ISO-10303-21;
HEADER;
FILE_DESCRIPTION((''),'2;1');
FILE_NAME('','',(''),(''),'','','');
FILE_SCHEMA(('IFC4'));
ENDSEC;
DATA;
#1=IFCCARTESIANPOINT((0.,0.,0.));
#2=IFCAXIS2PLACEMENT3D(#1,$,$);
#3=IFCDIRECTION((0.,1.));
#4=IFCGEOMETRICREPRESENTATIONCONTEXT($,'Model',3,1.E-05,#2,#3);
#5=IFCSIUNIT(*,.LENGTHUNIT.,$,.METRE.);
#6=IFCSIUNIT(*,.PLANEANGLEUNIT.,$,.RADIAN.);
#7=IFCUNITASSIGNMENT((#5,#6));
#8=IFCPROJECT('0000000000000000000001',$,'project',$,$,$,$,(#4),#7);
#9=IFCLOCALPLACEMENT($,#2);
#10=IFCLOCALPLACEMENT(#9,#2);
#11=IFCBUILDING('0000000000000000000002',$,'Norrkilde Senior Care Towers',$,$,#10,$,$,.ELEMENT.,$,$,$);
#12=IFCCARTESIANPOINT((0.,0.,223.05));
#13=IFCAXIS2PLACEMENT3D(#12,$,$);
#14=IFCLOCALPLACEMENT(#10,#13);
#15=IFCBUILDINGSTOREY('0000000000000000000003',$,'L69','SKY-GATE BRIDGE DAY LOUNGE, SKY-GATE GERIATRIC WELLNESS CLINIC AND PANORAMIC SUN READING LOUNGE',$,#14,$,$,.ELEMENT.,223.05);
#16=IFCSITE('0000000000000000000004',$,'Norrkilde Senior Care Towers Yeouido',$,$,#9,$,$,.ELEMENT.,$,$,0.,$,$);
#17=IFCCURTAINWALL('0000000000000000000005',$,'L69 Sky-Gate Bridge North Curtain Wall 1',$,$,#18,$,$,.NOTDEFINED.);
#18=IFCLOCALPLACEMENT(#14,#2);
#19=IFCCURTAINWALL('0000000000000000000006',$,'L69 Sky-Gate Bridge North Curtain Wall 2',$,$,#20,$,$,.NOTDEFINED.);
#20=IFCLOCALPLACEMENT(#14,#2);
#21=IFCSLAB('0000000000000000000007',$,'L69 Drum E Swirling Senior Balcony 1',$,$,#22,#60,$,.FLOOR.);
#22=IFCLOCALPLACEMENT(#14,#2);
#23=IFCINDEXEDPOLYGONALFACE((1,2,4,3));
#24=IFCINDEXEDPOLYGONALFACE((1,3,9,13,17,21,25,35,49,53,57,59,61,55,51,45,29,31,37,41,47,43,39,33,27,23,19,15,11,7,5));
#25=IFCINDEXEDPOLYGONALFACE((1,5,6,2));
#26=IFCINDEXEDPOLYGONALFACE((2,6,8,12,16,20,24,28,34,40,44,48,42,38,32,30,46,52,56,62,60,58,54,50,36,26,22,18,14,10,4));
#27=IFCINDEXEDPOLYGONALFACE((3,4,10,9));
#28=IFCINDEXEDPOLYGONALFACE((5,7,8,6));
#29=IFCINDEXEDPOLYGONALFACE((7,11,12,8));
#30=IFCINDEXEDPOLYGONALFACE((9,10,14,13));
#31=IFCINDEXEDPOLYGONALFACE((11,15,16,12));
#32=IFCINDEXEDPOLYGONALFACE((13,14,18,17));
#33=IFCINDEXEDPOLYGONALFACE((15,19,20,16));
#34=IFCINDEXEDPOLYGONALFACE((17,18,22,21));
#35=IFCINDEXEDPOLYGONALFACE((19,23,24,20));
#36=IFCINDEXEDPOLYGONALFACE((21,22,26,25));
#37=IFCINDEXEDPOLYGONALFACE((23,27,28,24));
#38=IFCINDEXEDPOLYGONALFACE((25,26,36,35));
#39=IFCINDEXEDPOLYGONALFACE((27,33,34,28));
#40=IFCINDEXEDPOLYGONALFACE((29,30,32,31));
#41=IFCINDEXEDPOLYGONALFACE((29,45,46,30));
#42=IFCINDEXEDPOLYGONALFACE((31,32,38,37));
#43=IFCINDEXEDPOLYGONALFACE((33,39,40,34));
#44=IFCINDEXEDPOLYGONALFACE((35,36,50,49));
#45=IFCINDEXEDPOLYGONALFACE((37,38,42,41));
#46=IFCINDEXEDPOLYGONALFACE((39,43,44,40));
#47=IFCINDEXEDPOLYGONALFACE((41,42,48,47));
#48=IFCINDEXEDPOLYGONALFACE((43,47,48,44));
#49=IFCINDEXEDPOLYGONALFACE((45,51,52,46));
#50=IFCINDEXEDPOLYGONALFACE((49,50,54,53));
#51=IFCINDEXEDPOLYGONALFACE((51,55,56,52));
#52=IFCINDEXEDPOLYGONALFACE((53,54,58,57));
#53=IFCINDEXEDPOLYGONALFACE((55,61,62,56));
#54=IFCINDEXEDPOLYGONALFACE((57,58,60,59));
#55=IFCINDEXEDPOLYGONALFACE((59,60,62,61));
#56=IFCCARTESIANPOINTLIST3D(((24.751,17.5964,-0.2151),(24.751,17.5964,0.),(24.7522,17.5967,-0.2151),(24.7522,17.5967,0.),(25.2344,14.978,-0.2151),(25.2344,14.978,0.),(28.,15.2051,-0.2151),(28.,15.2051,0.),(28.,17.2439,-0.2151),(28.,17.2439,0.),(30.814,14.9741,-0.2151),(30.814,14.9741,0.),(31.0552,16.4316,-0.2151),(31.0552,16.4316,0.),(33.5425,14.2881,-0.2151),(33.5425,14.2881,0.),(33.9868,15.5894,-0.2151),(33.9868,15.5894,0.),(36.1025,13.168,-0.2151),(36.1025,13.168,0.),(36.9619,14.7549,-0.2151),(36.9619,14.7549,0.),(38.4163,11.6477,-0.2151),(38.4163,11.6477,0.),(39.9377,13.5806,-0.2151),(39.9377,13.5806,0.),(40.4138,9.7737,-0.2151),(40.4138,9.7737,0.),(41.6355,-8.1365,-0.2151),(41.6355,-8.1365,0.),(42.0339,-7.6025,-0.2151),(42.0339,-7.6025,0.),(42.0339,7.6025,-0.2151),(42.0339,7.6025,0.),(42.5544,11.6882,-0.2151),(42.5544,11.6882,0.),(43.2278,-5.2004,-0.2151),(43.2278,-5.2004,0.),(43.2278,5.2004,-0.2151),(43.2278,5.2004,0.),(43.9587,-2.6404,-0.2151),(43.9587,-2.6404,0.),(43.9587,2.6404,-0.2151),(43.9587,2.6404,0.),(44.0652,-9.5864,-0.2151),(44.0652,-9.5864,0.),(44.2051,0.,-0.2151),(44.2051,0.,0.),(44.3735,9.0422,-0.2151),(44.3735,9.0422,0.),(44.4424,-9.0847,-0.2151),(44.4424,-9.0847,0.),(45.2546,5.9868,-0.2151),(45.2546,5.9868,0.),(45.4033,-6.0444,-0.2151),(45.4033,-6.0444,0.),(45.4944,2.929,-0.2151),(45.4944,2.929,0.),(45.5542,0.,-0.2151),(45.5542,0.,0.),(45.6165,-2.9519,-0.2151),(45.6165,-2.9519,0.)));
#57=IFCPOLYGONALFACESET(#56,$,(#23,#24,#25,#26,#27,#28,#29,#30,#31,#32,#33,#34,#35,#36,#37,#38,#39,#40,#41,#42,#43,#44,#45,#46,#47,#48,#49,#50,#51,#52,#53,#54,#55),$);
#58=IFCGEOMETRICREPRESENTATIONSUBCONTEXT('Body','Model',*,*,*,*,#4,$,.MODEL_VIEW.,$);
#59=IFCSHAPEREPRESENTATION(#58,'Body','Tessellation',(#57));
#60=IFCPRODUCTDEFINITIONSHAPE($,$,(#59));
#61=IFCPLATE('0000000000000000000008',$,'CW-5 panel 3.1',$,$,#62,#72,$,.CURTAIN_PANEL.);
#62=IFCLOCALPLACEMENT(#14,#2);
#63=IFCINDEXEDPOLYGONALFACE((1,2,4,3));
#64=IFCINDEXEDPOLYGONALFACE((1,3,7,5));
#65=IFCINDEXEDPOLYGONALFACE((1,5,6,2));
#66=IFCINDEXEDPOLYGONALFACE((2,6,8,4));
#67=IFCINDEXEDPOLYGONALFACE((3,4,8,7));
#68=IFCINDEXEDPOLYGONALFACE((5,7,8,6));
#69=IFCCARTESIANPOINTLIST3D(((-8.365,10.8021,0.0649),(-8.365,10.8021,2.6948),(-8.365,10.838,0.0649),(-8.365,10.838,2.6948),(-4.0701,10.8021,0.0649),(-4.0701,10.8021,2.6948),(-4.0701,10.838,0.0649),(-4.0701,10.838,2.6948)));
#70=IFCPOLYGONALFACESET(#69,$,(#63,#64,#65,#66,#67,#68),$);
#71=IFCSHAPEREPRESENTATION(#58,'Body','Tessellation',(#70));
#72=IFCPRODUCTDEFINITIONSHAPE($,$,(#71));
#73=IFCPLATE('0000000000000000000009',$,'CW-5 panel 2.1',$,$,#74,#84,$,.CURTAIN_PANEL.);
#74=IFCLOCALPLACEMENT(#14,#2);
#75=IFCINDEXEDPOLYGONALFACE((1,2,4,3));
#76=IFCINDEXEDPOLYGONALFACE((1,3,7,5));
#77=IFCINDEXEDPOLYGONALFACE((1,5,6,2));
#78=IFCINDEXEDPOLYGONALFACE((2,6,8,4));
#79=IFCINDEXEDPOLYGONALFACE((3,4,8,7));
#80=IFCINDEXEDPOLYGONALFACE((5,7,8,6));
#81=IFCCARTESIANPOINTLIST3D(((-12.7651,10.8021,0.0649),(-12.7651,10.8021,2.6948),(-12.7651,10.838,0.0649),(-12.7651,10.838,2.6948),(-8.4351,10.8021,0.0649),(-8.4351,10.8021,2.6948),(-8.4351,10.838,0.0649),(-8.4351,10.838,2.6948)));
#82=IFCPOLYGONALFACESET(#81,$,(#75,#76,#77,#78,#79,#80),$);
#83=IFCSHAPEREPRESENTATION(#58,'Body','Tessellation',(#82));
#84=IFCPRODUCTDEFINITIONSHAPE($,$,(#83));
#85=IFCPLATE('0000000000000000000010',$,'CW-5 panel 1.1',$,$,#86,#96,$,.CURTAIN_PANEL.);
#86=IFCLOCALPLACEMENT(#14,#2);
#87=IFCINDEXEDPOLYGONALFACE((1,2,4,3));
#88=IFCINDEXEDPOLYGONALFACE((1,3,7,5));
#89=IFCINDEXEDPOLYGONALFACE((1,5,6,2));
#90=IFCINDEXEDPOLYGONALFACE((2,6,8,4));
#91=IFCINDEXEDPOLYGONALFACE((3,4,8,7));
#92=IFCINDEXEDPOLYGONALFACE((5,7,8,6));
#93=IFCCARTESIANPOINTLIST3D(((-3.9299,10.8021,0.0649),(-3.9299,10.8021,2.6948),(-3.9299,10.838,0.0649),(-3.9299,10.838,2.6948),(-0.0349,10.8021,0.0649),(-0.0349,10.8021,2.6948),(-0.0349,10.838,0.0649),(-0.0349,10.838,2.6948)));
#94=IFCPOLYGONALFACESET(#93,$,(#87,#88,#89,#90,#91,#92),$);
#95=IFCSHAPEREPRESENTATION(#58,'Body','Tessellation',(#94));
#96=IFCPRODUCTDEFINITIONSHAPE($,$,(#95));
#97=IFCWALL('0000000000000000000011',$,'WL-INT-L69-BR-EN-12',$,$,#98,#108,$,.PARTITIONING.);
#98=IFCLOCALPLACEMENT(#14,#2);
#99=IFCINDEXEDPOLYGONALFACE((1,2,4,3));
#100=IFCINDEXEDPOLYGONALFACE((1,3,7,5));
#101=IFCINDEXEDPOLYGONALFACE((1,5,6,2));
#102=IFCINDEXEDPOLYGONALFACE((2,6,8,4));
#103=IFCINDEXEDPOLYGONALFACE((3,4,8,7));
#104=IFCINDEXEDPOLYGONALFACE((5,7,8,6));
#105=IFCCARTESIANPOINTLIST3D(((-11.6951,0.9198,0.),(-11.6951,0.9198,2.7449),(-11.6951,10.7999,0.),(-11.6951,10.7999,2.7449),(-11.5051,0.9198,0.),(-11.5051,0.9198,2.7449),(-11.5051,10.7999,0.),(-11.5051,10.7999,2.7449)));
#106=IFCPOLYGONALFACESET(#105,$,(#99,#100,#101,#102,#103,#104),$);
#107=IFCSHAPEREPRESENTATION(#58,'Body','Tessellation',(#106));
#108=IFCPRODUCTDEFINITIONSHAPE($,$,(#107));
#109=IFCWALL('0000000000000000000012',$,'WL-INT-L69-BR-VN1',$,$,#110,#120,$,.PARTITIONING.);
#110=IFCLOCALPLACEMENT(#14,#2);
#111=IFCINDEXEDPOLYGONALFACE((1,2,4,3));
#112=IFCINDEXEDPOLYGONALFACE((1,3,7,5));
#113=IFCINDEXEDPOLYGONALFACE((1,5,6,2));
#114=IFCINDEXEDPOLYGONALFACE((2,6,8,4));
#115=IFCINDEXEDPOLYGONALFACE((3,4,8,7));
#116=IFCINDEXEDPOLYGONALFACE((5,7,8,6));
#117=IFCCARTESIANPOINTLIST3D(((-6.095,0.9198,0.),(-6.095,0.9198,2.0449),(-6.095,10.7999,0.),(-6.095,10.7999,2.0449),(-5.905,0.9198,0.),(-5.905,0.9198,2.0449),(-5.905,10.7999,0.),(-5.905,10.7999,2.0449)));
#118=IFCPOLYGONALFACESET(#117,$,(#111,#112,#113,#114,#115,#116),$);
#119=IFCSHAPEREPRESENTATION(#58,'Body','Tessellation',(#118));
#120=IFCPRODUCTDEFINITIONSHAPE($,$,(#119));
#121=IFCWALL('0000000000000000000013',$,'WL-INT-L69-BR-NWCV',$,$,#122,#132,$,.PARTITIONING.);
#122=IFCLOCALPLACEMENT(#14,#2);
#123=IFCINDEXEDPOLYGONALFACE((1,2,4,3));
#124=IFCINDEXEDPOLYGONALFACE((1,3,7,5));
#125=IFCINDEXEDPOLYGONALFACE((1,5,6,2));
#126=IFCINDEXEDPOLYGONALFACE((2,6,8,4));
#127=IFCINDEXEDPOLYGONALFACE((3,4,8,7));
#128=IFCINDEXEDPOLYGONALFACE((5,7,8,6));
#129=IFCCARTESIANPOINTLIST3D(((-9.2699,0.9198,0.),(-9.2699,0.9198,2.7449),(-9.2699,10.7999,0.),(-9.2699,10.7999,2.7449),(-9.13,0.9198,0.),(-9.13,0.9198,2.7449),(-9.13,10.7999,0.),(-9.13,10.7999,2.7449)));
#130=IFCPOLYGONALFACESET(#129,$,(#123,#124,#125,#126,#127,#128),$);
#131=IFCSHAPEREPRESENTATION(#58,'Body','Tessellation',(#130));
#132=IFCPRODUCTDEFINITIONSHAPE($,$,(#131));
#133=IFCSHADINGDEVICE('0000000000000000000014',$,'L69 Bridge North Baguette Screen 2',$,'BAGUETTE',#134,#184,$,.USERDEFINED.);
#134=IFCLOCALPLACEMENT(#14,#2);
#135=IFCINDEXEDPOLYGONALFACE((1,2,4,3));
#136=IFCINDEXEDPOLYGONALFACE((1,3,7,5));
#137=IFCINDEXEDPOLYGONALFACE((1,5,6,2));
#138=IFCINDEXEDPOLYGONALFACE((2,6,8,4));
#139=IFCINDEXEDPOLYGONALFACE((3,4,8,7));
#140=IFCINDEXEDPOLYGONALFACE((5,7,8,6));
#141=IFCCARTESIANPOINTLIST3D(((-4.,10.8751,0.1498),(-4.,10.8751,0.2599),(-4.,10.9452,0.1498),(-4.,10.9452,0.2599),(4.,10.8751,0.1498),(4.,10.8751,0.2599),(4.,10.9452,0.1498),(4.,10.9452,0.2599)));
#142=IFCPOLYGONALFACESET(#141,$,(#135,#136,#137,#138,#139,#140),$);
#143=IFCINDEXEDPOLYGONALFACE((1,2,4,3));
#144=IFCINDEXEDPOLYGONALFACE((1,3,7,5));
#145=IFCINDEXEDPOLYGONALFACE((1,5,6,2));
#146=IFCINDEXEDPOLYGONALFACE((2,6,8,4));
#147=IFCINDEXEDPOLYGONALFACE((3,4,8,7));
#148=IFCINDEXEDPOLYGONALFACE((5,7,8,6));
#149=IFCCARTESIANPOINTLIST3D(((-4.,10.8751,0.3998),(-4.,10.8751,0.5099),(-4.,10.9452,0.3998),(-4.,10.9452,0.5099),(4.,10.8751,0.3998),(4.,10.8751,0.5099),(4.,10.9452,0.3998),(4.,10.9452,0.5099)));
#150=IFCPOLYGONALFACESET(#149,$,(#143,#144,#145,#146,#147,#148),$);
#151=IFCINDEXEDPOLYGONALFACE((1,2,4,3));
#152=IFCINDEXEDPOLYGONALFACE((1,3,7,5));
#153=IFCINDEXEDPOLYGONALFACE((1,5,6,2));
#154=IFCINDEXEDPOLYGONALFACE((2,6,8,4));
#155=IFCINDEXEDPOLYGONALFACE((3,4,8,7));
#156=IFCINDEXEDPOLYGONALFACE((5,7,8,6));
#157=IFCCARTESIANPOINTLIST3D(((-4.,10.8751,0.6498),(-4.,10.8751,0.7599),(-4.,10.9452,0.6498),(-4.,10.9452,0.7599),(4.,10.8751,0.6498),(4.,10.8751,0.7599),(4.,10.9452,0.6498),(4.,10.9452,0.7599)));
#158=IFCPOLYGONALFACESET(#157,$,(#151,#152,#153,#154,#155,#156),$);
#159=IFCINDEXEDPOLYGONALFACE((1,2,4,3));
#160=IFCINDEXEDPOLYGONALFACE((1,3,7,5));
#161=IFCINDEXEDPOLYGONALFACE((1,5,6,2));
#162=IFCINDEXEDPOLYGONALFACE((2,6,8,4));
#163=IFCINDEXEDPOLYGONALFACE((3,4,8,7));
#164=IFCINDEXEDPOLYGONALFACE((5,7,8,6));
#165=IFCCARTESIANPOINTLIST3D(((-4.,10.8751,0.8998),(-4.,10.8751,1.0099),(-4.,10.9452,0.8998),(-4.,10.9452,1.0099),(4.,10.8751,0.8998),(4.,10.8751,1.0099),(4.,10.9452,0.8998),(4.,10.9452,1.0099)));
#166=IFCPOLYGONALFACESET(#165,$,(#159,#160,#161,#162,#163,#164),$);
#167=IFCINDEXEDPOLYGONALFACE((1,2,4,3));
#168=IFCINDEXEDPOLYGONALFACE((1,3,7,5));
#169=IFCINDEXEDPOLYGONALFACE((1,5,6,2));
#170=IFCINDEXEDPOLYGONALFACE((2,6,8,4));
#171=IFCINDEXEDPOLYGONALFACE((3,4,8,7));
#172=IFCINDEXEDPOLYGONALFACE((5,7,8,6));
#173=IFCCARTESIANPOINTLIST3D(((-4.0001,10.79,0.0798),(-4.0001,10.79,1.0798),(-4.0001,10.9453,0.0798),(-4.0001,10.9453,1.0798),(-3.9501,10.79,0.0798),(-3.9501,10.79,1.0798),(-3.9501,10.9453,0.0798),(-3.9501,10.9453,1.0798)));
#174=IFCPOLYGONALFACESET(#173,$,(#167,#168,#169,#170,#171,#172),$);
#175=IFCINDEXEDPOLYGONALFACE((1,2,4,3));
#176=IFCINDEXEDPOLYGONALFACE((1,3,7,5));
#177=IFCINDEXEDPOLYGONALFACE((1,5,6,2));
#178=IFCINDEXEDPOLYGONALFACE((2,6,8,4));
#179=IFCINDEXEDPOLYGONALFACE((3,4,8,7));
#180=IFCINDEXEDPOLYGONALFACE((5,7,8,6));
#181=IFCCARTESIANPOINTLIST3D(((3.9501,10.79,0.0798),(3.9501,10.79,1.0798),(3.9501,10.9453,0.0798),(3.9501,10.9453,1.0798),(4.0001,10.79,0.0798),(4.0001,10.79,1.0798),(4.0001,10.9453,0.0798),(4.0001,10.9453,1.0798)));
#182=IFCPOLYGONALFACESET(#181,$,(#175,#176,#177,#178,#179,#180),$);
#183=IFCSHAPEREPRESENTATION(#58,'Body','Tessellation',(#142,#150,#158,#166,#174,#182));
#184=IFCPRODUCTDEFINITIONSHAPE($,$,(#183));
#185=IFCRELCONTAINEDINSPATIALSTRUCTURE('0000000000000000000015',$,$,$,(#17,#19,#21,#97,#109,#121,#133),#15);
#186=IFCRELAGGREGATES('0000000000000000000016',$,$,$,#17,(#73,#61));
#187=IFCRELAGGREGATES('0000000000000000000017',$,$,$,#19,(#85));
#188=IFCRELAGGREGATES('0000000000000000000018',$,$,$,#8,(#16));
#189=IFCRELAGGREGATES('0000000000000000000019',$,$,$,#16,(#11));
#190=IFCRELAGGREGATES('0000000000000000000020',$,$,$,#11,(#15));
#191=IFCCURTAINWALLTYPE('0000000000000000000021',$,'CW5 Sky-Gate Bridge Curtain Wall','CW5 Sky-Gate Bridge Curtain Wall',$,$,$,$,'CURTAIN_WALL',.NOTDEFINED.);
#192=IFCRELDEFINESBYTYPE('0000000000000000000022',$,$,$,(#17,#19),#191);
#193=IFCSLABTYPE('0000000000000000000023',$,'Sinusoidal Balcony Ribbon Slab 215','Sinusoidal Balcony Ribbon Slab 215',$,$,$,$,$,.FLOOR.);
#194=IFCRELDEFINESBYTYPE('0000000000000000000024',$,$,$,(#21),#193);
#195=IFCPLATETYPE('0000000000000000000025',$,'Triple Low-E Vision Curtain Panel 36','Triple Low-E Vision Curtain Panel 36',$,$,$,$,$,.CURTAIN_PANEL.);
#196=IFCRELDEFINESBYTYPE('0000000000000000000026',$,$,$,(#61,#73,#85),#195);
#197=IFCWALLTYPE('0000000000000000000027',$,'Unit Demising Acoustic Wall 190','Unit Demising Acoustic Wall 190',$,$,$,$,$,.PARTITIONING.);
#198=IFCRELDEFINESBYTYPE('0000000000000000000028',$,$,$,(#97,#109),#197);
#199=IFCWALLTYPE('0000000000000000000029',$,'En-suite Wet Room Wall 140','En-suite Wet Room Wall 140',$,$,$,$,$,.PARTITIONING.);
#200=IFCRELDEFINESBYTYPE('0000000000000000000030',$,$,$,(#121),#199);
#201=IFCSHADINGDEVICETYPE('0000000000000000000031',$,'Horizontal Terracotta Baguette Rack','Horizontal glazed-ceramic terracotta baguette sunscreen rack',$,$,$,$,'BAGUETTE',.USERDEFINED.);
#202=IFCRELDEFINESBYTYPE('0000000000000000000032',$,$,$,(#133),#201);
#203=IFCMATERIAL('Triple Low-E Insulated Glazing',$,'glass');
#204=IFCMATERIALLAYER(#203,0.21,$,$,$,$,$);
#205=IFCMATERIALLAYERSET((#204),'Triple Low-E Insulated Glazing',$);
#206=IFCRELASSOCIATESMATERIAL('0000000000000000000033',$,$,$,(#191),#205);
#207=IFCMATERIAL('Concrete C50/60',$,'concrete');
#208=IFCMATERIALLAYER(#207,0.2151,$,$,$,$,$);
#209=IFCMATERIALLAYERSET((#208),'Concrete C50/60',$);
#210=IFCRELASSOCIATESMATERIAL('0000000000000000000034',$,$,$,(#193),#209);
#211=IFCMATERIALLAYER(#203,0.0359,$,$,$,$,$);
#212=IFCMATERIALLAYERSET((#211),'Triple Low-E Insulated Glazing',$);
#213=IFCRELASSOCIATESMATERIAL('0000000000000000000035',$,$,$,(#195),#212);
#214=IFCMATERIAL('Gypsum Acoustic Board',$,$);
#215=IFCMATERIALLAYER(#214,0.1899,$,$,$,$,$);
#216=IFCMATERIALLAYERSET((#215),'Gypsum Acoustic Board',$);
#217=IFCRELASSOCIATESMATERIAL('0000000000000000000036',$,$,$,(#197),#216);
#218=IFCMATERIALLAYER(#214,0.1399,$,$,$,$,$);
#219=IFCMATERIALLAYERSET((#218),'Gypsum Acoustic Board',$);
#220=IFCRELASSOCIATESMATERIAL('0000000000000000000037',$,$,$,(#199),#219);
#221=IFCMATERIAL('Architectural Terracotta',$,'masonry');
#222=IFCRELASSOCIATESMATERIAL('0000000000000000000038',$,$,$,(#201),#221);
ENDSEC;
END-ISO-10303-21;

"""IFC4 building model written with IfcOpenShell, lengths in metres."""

from ifc_helpers import new_model, si_unit, direction, frame, frame_2d, origin, origin_2d, place, context, subcontext, project, spatial, polyline, rectangle, outline, extrude, source, transform, mapped, material, layer, layer_set, type_object, type_shapes, element, aggregate, save


model = new_model("IFC4")

# Units and contexts
model_context = context("Model", 3, precision=1e-05, world=origin(), true_north=direction((0.0, 1.0)))
body_context = subcontext(model_context, "Body", "Model", "MODEL_VIEW")
ifc_project = project(units=[si_unit("LENGTHUNIT", "METRE"), si_unit("PLANEANGLEUNIT", "RADIAN")], contexts=[model_context])

# Site, building, storey
site_placement = place(None, origin())
site = spatial("IfcSite", under=ifc_project, at=site_placement, Name="Norrkilde Senior Care Towers Yeouido", CompositionType="ELEMENT", RefElevation=0.0)
building_placement = place(site_placement, origin())
building = spatial("IfcBuilding", under=site, at=building_placement, Name="Norrkilde Senior Care Towers", CompositionType="ELEMENT")
storey_placement = place(building_placement, frame((0.0, 0.0, 223.05)))
storey = spatial("IfcBuildingStorey", under=building, at=storey_placement, Name="L69", Description="SKY-GATE BRIDGE DAY LOUNGE, SKY-GATE GERIATRIC WELLNESS CLINIC AND PANORAMIC SUN READING LOUNGE", CompositionType="ELEMENT", Elevation=223.05)

# Curtain walls
ifc_material_1 = material(Name="Triple Low-E Insulated Glazing", Category="glass")
ifc_layer_1 = layer(ifc_material_1, 0.21)
ifc_layer_set_1 = layer_set([ifc_layer_1], Name="Triple Low-E Insulated Glazing")
curtain_wall_type = type_object("IfcCurtainWallType", Name="CW5 Sky-Gate Bridge Curtain Wall", Description="CW5 Sky-Gate Bridge Curtain Wall", ElementType="CURTAIN_WALL", PredefinedType="NOTDEFINED", material=ifc_layer_set_1)
curtain_wall_1_placement = place(storey_placement, origin())
curtain_wall_1 = element("IfcCurtainWall", 1, at=curtain_wall_1_placement, inside=storey, type_object=curtain_wall_type, Name="L69 Sky-Gate Bridge North Curtain Wall 1", PredefinedType="NOTDEFINED")
curtain_wall_2_placement = place(storey_placement, origin())
curtain_wall_2 = element("IfcCurtainWall", 2, at=curtain_wall_2_placement, inside=storey, type_object=curtain_wall_type, Name="L69 Sky-Gate Bridge North Curtain Wall 2", PredefinedType="NOTDEFINED")

# Slab
ifc_material_2 = material(Name="Concrete C50/60", Category="concrete")
ifc_layer_2 = layer(ifc_material_2, 0.2151)
ifc_layer_set_2 = layer_set([ifc_layer_2], Name="Concrete C50/60")
slab_type_1 = type_object("IfcSlabType", Name="Sinusoidal Balcony Ribbon Slab 215", Description="Sinusoidal Balcony Ribbon Slab 215", PredefinedType="FLOOR", material=ifc_layer_set_2)
slab_1_placement = place(storey_placement, frame((0.0, 0.0, -0.2151)))
element("IfcSlab", 3, at=slab_1_placement, inside=storey, type_object=slab_type_1, Name="L69 Drum E Swirling Senior Balcony 1", PredefinedType="FLOOR", context=body_context, shape_type="SweptSolid", body=[
    extrude(outline(polyline([(44.0652, -9.5864), (41.6355, -8.1365), (42.0339, -7.6025), (43.2278, -5.2004), (43.9587, -2.6404), (44.2051, 0.0), (43.9587, 2.6404), (43.2278, 5.2004), (42.0339, 7.6025), (40.4138, 9.7737), (38.4163, 11.6477), (36.1025, 13.168), (33.5425, 14.2881), (30.814, 14.9741), (28.0, 15.2051), (25.2344, 14.978), (24.751, 17.5964), (24.7522, 17.5967), (28.0, 17.2439), (31.0552, 16.4316), (33.9868, 15.5894), (36.9619, 14.7549), (39.9377, 13.5806), (42.5544, 11.6882), (44.3735, 9.0422), (45.2546, 5.9868), (45.4944, 2.929), (45.5542, 0.0), (45.6165, -2.9519), (45.4033, -6.0444), (44.4424, -9.0847), (44.0652, -9.5864)])), origin(), (0.0, 0.0, 1.0), 0.2151),
])

# Plates
ifc_layer_3 = layer(ifc_material_1, 0.0359)
ifc_layer_set_3 = layer_set([ifc_layer_3], Name="Triple Low-E Insulated Glazing")
plate_type = type_object("IfcPlateType", Name="Triple Low-E Vision Curtain Panel 36", Description="Triple Low-E Vision Curtain Panel 36", PredefinedType="CURTAIN_PANEL", material=ifc_layer_set_3)
shared_shape_1 = source(origin(), body_context, "Body", "SweptSolid", [
    extrude(rectangle(XDim=4.2949, YDim=0.0359, at=origin_2d()), origin(), (0.0, 0.0, 1.0), 2.6299),
])
plate_1_placement = place(storey_placement, frame((-6.2175, 10.8201, 0.0649), z_axis=(0.0, 0.0, 1.0), x_axis=(1.0, 0.0, 0.0)))
plate_1 = element("IfcPlate", 4, at=plate_1_placement, type_object=plate_type, Name="CW-5 panel 3.1", PredefinedType="CURTAIN_PANEL", context=body_context, shape_type="MappedRepresentation", body=[
    mapped(shared_shape_1, transform((0.0, 0.0, 0.0), x_axis=(1.0, 0.0, 0.0), y_axis=(0.0, 1.0, 0.0), z_axis=(0.0, 0.0, 1.0), scale=1.0)),
])
shared_shape_2 = source(origin(), body_context, "Body", "SweptSolid", [
    extrude(rectangle(XDim=4.3301, YDim=0.0359, at=origin_2d()), origin(), (0.0, 0.0, 1.0), 2.6299),
])
plate_2_placement = place(storey_placement, frame((-10.6001, 10.8201, 0.0649), z_axis=(0.0, 0.0, 1.0), x_axis=(1.0, 0.0, 0.0)))
plate_2 = element("IfcPlate", 5, at=plate_2_placement, type_object=plate_type, Name="CW-5 panel 2.1", PredefinedType="CURTAIN_PANEL", context=body_context, shape_type="MappedRepresentation", body=[
    mapped(shared_shape_2, transform((0.0, 0.0, 0.0), x_axis=(1.0, 0.0, 0.0), y_axis=(0.0, 1.0, 0.0), z_axis=(0.0, 0.0, 1.0), scale=1.0)),
])
aggregate(curtain_wall_1, [plate_2, plate_1])
shared_shape_3 = source(origin(), body_context, "Body", "SweptSolid", [
    extrude(rectangle(XDim=3.895, YDim=0.0359, at=origin_2d()), origin(), (0.0, 0.0, 1.0), 2.6299),
])
type_shapes(plate_type, [shared_shape_1, shared_shape_2, shared_shape_3])
plate_3_placement = place(storey_placement, frame((-1.9824, 10.8201, 0.0649), z_axis=(0.0, 0.0, 1.0), x_axis=(1.0, 0.0, 0.0)))
plate_3 = element("IfcPlate", 6, at=plate_3_placement, type_object=plate_type, Name="CW-5 panel 1.1", PredefinedType="CURTAIN_PANEL", context=body_context, shape_type="MappedRepresentation", body=[
    mapped(shared_shape_3, transform((0.0, 0.0, 0.0), x_axis=(1.0, 0.0, 0.0), y_axis=(0.0, 1.0, 0.0), z_axis=(0.0, 0.0, 1.0), scale=1.0)),
])
aggregate(curtain_wall_2, [plate_3])

# Walls
ifc_material_3 = material(Name="Gypsum Acoustic Board")
ifc_layer_4 = layer(ifc_material_3, 0.1899)
ifc_layer_set_4 = layer_set([ifc_layer_4], Name="Gypsum Acoustic Board")
wall_type_1 = type_object("IfcWallType", Name="Unit Demising Acoustic Wall 190", Description="Unit Demising Acoustic Wall 190", PredefinedType="PARTITIONING", material=ifc_layer_set_4)
shared_shape_4 = source(origin(), body_context, "Body", "SweptSolid", [
    extrude(rectangle(XDim=9.8801, YDim=0.1899, at=frame_2d((4.9399, 0.0))), origin(), (0.0, 0.0, 1.0), 2.7449),
])
wall_1_placement = place(storey_placement, frame((-11.6001, 0.9199, 0.0), z_axis=(0.0, 0.0, 1.0), x_axis=(0.0, 1.0, 0.0)))
element("IfcWall", 7, at=wall_1_placement, inside=storey, type_object=wall_type_1, Name="WL-INT-L69-BR-EN-12", PredefinedType="PARTITIONING", context=body_context, shape_type="MappedRepresentation", body=[
    mapped(shared_shape_4, transform((0.0, 0.0, 0.0), x_axis=(1.0, 0.0, 0.0), y_axis=(0.0, 1.0, 0.0), z_axis=(0.0, 0.0, 1.0), scale=1.0)),
])
shared_shape_5 = source(origin(), body_context, "Body", "SweptSolid", [
    extrude(rectangle(XDim=9.8801, YDim=0.1899, at=frame_2d((4.9399, 0.0))), origin(), (0.0, 0.0, 1.0), 2.0449),
])
type_shapes(wall_type_1, [shared_shape_4, shared_shape_5])
wall_2_placement = place(storey_placement, frame((-6.0, 0.9199, 0.0), z_axis=(0.0, 0.0, 1.0), x_axis=(0.0, 1.0, 0.0)))
element("IfcWall", 8, at=wall_2_placement, inside=storey, type_object=wall_type_1, Name="WL-INT-L69-BR-VN1", PredefinedType="PARTITIONING", context=body_context, shape_type="MappedRepresentation", body=[
    mapped(shared_shape_5, transform((0.0, 0.0, 0.0), x_axis=(1.0, 0.0, 0.0), y_axis=(0.0, 1.0, 0.0), z_axis=(0.0, 0.0, 1.0), scale=1.0)),
])
ifc_layer_5 = layer(ifc_material_3, 0.1399)
ifc_layer_set_5 = layer_set([ifc_layer_5], Name="Gypsum Acoustic Board")
wall_type_2 = type_object("IfcWallType", Name="En-suite Wet Room Wall 140", Description="En-suite Wet Room Wall 140", PredefinedType="PARTITIONING", material=ifc_layer_set_5)
shared_shape_6 = source(origin(), body_context, "Body", "SweptSolid", [
    extrude(rectangle(XDim=9.8801, YDim=0.1399, at=frame_2d((4.9399, 0.0))), origin(), (0.0, 0.0, 1.0), 2.7449),
])
type_shapes(wall_type_2, [shared_shape_6])
wall_3_placement = place(storey_placement, frame((-9.2, 0.9199, 0.0), z_axis=(0.0, 0.0, 1.0), x_axis=(0.0, 1.0, 0.0)))
element("IfcWall", 9, at=wall_3_placement, inside=storey, type_object=wall_type_2, Name="WL-INT-L69-BR-NWCV", PredefinedType="PARTITIONING", context=body_context, shape_type="MappedRepresentation", body=[
    mapped(shared_shape_6, transform((0.0, 0.0, 0.0), x_axis=(1.0, 0.0, 0.0), y_axis=(0.0, 1.0, 0.0), z_axis=(0.0, 0.0, 1.0), scale=1.0)),
])

# Shading device
ifc_material_4 = material(Name="Architectural Terracotta", Category="masonry")
shading_device_type = type_object("IfcShadingDeviceType", Name="Horizontal Terracotta Baguette Rack", Description="Horizontal glazed-ceramic terracotta baguette sunscreen rack", ElementType="BAGUETTE", PredefinedType="USERDEFINED", material=ifc_material_4)
shared_shape_7 = source(origin(), body_context, "Body", "SweptSolid", [
    extrude(rectangle(XDim=0.0701, YDim=0.1101, at=origin_2d()), frame((0.0, 0.0901, 0.125), z_axis=(1.0, 0.0, 0.0), x_axis=(0.0, 1.0, 0.0)), (0.0, 0.0, 1.0), 8.0),
    extrude(rectangle(XDim=0.0701, YDim=0.1101, at=origin_2d()), frame((0.0, 0.0901, 0.375), z_axis=(1.0, 0.0, 0.0), x_axis=(0.0, 1.0, 0.0)), (0.0, 0.0, 1.0), 8.0),
    extrude(rectangle(XDim=0.0701, YDim=0.1101, at=origin_2d()), frame((0.0, 0.0901, 0.625), z_axis=(1.0, 0.0, 0.0), x_axis=(0.0, 1.0, 0.0)), (0.0, 0.0, 1.0), 8.0),
    extrude(rectangle(XDim=0.0701, YDim=0.1101, at=origin_2d()), frame((0.0, 0.0901, 0.875), z_axis=(1.0, 0.0, 0.0), x_axis=(0.0, 1.0, 0.0)), (0.0, 0.0, 1.0), 8.0),
    extrude(rectangle(XDim=0.05, YDim=0.1553, at=origin_2d()), frame((0.0249, 0.0476, 0.0)), (0.0, 0.0, 1.0), 1.0),
    extrude(rectangle(XDim=0.05, YDim=0.1553, at=origin_2d()), frame((7.9751, 0.0476, 0.0)), (0.0, 0.0, 1.0), 1.0),
])
type_shapes(shading_device_type, [shared_shape_7])
shading_device_placement = place(storey_placement, frame((-4.0, 10.8201, 0.0798), z_axis=(0.0, 0.0, 1.0), x_axis=(1.0, 0.0, 0.0)))
element("IfcShadingDevice", 10, at=shading_device_placement, inside=storey, type_object=shading_device_type, Name="L69 Bridge North Baguette Screen 2", ObjectType="BAGUETTE", PredefinedType="USERDEFINED", context=body_context, shape_type="MappedRepresentation", body=[
    mapped(shared_shape_7, transform((0.0, 0.0, 0.0), x_axis=(1.0, 0.0, 0.0), y_axis=(0.0, 1.0, 0.0), z_axis=(0.0, 0.0, 1.0), scale=1.0)),
])

save(model, "model.ifc")
